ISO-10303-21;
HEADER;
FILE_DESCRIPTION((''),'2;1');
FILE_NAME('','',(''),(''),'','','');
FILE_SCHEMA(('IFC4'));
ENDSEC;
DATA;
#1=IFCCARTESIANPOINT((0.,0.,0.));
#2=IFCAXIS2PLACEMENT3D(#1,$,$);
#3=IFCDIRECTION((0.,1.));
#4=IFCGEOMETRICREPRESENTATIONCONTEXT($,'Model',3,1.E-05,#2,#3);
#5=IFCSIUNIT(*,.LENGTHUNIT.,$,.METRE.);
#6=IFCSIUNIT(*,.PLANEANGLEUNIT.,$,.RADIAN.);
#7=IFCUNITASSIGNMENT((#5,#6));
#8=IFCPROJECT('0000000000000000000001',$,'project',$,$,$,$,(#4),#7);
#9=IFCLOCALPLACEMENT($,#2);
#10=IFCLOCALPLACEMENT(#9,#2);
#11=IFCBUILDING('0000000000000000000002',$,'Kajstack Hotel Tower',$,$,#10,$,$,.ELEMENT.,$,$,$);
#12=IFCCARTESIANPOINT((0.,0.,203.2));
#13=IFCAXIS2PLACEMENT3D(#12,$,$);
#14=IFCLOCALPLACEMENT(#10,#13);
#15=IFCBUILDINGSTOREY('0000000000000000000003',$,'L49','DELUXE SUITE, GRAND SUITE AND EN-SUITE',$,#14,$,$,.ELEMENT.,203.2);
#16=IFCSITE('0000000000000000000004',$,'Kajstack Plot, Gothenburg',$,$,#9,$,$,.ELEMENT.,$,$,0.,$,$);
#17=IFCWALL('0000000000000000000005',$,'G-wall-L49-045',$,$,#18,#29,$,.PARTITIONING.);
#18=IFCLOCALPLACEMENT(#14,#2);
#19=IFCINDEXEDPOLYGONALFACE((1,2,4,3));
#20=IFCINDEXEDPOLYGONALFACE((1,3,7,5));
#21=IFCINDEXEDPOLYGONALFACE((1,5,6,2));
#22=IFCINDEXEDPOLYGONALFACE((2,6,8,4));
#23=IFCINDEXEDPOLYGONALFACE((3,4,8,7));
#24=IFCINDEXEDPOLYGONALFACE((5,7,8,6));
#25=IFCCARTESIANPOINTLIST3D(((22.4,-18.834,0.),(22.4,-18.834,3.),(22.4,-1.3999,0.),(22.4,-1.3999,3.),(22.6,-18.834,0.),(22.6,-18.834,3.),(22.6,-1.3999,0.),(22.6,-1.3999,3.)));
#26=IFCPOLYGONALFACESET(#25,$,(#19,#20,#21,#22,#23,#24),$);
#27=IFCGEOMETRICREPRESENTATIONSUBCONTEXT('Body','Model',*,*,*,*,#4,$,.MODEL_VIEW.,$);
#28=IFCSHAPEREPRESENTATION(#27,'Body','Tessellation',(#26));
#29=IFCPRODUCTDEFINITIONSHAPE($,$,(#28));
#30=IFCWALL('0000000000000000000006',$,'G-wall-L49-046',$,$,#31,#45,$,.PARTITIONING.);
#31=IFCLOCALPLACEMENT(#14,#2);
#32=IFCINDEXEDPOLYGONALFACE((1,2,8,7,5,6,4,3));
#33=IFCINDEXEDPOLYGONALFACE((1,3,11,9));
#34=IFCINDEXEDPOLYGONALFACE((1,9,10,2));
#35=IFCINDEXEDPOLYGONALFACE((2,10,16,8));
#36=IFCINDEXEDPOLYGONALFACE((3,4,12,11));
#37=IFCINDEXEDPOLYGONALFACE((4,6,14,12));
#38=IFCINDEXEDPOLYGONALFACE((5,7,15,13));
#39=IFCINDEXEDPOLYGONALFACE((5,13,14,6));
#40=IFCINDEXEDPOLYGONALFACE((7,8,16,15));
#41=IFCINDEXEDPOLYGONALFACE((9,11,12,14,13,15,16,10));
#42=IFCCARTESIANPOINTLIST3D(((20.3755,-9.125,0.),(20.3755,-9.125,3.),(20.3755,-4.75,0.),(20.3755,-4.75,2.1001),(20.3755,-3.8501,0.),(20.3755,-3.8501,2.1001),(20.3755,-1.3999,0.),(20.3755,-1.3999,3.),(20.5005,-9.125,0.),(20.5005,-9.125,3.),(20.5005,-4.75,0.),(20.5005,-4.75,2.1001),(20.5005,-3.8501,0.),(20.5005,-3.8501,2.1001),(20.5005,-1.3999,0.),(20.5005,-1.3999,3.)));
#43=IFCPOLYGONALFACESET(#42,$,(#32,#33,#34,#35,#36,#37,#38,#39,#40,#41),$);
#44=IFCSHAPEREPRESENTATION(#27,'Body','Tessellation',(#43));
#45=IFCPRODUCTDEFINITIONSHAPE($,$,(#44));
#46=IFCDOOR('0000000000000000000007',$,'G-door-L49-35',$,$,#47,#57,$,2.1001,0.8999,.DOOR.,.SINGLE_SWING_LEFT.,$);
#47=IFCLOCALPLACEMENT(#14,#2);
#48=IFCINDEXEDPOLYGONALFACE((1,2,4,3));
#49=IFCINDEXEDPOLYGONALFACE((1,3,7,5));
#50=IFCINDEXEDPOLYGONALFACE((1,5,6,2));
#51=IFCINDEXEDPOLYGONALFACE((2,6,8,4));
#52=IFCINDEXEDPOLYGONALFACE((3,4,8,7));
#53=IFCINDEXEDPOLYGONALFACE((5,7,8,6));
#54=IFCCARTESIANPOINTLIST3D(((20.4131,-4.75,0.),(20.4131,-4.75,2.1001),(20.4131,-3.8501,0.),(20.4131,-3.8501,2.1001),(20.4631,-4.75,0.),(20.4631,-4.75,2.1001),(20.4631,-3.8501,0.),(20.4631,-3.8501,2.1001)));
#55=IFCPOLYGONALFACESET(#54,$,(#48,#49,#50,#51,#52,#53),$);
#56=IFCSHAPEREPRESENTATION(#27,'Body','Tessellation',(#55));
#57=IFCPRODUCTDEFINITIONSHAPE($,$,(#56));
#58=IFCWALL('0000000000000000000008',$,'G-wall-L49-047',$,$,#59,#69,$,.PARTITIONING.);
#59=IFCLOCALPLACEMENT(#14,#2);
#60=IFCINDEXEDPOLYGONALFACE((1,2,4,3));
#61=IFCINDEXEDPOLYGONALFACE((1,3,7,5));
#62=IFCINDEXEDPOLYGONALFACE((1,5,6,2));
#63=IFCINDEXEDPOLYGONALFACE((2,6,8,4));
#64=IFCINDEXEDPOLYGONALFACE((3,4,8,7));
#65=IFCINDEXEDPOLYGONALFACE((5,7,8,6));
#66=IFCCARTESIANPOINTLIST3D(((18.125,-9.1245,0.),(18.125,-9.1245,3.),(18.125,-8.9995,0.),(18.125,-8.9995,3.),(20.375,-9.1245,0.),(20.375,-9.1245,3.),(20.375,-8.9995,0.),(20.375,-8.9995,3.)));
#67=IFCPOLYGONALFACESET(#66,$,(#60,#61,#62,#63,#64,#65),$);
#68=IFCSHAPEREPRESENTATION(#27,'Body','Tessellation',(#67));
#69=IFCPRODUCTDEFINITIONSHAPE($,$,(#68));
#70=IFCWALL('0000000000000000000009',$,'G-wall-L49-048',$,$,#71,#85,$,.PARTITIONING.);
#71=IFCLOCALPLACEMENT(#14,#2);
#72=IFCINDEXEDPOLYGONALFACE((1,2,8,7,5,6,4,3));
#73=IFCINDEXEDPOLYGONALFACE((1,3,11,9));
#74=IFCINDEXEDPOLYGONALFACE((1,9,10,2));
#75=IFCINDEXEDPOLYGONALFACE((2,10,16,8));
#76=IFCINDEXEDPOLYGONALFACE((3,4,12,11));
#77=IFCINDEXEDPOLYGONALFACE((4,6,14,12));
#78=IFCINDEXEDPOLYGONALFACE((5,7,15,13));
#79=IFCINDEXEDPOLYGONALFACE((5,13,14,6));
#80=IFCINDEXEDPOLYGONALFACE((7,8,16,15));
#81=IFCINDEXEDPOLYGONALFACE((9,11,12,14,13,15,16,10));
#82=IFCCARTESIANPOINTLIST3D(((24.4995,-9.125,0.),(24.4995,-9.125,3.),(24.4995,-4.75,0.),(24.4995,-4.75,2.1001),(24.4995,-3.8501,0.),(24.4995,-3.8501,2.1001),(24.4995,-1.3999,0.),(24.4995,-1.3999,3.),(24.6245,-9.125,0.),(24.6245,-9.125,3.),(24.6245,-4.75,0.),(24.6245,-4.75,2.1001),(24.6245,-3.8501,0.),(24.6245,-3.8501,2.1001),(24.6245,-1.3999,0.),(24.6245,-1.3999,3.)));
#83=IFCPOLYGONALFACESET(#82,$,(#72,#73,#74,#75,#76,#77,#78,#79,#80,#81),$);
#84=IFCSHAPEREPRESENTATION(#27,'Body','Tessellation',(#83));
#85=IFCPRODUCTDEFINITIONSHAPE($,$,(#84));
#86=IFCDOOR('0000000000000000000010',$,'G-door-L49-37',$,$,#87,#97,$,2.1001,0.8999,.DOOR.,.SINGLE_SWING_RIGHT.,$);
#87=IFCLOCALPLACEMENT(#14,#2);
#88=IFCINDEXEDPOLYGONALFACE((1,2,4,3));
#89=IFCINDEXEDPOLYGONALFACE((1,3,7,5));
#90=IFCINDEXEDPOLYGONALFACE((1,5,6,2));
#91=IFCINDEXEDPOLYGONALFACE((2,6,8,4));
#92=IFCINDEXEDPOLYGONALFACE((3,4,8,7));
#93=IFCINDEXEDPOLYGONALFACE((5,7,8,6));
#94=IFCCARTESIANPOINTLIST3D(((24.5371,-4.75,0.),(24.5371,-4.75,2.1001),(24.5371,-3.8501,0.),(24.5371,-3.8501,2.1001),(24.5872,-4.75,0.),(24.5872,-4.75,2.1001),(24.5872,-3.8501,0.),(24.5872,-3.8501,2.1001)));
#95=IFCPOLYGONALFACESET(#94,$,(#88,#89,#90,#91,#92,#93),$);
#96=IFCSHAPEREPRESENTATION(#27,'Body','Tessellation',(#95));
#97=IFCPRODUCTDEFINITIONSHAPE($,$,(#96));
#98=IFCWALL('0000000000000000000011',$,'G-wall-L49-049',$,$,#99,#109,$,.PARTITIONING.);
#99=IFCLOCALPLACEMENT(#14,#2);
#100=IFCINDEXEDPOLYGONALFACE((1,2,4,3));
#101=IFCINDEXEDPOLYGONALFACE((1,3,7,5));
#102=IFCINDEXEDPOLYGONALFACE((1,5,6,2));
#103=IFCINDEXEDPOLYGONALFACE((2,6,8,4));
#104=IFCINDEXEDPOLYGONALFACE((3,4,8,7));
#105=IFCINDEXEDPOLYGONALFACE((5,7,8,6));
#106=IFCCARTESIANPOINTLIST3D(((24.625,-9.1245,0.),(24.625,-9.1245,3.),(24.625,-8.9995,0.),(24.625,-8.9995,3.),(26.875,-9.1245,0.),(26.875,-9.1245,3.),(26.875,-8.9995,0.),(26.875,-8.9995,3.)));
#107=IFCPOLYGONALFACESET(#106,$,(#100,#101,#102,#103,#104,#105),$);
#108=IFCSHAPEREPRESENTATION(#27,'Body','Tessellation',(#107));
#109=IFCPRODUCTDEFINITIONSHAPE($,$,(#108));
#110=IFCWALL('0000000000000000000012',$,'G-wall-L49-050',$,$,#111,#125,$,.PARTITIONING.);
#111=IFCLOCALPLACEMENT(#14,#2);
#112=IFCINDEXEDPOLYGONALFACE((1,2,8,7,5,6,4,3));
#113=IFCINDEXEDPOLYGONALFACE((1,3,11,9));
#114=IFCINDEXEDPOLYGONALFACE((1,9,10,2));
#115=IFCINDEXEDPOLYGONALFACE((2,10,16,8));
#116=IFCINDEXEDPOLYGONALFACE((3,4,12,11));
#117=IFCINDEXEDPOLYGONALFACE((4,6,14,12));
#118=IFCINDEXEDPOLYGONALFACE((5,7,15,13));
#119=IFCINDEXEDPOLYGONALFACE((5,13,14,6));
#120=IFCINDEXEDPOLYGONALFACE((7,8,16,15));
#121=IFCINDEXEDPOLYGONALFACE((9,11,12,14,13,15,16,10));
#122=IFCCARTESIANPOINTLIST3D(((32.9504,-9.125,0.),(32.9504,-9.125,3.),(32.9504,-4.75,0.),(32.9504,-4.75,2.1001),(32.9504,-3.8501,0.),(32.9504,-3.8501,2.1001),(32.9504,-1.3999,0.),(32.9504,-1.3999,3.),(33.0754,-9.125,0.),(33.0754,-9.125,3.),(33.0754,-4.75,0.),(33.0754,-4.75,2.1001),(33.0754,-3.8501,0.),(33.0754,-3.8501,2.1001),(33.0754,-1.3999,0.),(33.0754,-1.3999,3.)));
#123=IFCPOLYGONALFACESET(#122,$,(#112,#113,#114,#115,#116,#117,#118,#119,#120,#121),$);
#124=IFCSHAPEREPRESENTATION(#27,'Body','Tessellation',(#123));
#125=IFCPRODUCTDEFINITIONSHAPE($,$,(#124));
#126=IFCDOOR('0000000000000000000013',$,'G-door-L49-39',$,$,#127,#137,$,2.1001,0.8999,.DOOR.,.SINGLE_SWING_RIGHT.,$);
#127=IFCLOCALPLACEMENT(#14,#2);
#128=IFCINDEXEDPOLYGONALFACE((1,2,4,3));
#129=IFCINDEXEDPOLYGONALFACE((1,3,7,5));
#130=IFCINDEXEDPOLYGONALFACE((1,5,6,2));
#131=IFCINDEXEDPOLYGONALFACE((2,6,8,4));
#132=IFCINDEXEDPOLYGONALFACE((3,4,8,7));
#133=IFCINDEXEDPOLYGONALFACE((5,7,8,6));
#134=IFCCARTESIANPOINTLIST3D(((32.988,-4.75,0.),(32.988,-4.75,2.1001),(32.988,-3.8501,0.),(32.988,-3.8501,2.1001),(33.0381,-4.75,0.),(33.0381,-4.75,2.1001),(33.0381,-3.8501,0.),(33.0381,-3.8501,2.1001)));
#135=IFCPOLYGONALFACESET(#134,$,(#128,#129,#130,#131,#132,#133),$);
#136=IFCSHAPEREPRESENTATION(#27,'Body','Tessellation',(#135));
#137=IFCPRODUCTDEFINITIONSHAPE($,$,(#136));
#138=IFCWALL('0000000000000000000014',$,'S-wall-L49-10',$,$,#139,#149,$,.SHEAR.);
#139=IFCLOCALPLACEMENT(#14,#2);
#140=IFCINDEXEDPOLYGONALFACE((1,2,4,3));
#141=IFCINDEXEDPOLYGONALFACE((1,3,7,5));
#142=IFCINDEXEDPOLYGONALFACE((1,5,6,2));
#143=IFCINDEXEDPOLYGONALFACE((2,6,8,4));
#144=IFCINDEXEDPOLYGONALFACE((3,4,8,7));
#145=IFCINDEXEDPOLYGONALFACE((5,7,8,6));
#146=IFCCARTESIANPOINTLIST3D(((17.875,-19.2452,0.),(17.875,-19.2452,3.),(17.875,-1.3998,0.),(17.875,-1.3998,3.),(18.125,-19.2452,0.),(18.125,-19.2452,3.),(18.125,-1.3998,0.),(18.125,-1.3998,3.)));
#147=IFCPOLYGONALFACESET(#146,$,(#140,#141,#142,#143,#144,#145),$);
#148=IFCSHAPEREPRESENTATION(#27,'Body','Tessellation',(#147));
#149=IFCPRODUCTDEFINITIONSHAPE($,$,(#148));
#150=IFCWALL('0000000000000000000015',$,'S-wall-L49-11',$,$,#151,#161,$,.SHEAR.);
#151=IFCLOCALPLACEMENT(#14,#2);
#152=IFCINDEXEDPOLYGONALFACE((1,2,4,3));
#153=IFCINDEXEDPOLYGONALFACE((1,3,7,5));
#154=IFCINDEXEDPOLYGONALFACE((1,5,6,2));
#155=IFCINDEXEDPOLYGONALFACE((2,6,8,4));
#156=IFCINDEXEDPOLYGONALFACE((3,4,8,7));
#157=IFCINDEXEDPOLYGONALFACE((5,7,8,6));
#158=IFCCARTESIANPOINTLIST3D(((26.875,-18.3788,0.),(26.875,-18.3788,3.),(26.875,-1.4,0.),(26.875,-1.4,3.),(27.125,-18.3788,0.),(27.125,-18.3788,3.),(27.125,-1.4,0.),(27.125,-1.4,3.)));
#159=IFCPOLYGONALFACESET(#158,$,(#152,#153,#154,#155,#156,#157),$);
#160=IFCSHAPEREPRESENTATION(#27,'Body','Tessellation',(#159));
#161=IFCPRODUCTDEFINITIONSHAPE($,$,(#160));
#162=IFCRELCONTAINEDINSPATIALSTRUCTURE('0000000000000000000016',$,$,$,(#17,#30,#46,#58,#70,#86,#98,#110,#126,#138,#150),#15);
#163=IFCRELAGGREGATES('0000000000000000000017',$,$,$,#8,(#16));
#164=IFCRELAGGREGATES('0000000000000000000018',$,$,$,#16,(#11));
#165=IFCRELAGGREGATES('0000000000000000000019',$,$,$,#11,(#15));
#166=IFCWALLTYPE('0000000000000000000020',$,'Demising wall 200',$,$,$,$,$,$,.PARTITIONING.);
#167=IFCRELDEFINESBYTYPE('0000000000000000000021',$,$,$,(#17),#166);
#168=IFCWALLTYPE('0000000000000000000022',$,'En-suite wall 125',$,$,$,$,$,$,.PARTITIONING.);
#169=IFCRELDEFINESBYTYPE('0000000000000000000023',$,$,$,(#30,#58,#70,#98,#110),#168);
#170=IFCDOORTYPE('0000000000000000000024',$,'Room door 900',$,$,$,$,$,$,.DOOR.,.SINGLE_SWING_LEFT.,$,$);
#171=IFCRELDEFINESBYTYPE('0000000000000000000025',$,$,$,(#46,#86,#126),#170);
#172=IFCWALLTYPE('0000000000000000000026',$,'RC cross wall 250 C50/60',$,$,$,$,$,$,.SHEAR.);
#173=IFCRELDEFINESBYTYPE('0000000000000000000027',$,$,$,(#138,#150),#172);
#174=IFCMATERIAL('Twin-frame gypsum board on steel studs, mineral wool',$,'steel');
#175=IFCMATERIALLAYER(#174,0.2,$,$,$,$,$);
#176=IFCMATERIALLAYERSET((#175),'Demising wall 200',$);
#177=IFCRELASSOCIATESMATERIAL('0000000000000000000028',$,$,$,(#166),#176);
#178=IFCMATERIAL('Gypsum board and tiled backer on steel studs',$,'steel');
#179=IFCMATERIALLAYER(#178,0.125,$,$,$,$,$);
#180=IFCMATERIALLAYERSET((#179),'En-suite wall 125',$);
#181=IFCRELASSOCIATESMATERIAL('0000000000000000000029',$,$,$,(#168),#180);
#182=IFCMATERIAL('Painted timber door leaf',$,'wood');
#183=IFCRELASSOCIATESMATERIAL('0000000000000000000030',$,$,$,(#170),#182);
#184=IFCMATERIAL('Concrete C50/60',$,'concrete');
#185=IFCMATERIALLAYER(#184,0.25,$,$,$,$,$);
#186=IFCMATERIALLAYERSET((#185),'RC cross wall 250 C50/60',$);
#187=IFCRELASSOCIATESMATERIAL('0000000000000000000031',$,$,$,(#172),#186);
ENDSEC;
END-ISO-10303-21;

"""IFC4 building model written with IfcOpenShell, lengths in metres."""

from ifc_helpers import new_model, si_unit, direction, frame, frame_2d, origin, place, context, subcontext, project, spatial, rectangle, extrude, material, layer, layer_set, type_object, element, fill, save


model = new_model("IFC4")

# Units and contexts
model_context = context("Model", 3, precision=1e-05, world=origin(), true_north=direction((0.0, 1.0)))
body_context = subcontext(model_context, "Body", "Model", "MODEL_VIEW")
ifc_project = project(units=[si_unit("LENGTHUNIT", "METRE"), si_unit("PLANEANGLEUNIT", "RADIAN")], contexts=[model_context])

# Site, building, storey
site_placement = place(None, origin())
site = spatial("IfcSite", under=ifc_project, at=site_placement, Name="Kajstack Plot, Gothenburg", CompositionType="ELEMENT", RefElevation=0.0)
building_placement = place(site_placement, origin())
building = spatial("IfcBuilding", under=site, at=building_placement, Name="Kajstack Hotel Tower", CompositionType="ELEMENT")
storey_placement = place(building_placement, frame((0.0, 0.0, 203.2)))
storey = spatial("IfcBuildingStorey", under=building, at=storey_placement, Name="L49", Description="DELUXE SUITE, GRAND SUITE AND EN-SUITE", CompositionType="ELEMENT", Elevation=203.2)

# Wall
ifc_material_1 = material(Name="Twin-frame gypsum board on steel studs, mineral wool", Category="steel")
ifc_layer_1 = layer(ifc_material_1, 0.2)
ifc_layer_set_1 = layer_set([ifc_layer_1], Name="Demising wall 200")
wall_type_1 = type_object("IfcWallType", Name="Demising wall 200", PredefinedType="PARTITIONING", material=ifc_layer_set_1)
wall_1_placement = place(storey_placement, frame((22.5, -18.834, 0.0), z_axis=(0.0, 0.0, 1.0), x_axis=(0.0, 1.0, 0.0)))
element("IfcWall", 1, at=wall_1_placement, inside=storey, type_object=wall_type_1, Name="G-wall-L49-045", PredefinedType="PARTITIONING", context=body_context, shape_type="SweptSolid", body=[
    extrude(rectangle(XDim=17.4341, YDim=0.2, at=frame_2d((8.717, 0.0))), origin(), (0.0, 0.0, 1.0), 3.0),
])

# Wall, opening, door
ifc_material_2 = material(Name="Gypsum board and tiled backer on steel studs", Category="steel")
ifc_layer_2 = layer(ifc_material_2, 0.125)
ifc_layer_set_2 = layer_set([ifc_layer_2], Name="En-suite wall 125")
wall_type_2 = type_object("IfcWallType", Name="En-suite wall 125", PredefinedType="PARTITIONING", material=ifc_layer_set_2)
wall_2_placement = place(storey_placement, frame((20.438, -9.125, 0.0), z_axis=(0.0, 0.0, 1.0), x_axis=(0.0, 1.0, 0.0)))
wall_2 = element("IfcWall", 2, at=wall_2_placement, inside=storey, type_object=wall_type_2, Name="G-wall-L49-046", PredefinedType="PARTITIONING", context=body_context, shape_type="SweptSolid", body=[
    extrude(rectangle(XDim=7.7251, YDim=0.125, at=frame_2d((3.8625, 0.0))), origin(), (0.0, 0.0, 1.0), 3.0),
])
opening_1_placement = place(wall_2_placement, frame((4.375, 0.0, 0.0)))
opening_1 = element("IfcOpeningElement", 3, at=opening_1_placement, cuts=wall_2, PredefinedType="OPENING", context=body_context, shape_type="SweptSolid", body=[
    extrude(rectangle(XDim=0.8999, YDim=2.1001, at=frame_2d((0.45, 1.05))), frame((0.0, 0.0725, 0.0), z_axis=(0.0, -1.0, 0.0), x_axis=(1.0, 0.0, 0.0)), (0.0, 0.0, 1.0), 0.145),
])
ifc_material_3 = material(Name="Painted timber door leaf", Category="wood")
door_type_1 = type_object("IfcDoorType", Name="Room door 900", OperationType="SINGLE_SWING_LEFT", PredefinedType="DOOR", material=ifc_material_3)
door_1_placement = place(opening_1_placement, origin())
door_1 = element("IfcDoor", 4, at=door_1_placement, inside=storey, type_object=door_type_1, Name="G-door-L49-35", OperationType="SINGLE_SWING_LEFT", OverallHeight=2.1001, OverallWidth=0.8999, PredefinedType="DOOR", context=body_context, shape_type="SweptSolid", body=[
    extrude(rectangle(XDim=0.8999, YDim=2.1001, at=frame_2d((0.45, 1.05))), frame((0.0, 0.0249, 0.0), z_axis=(0.0, -1.0, 0.0), x_axis=(1.0, 0.0, 0.0)), (0.0, 0.0, 1.0), 0.05),
])
fill(opening_1, door_1)

# Wall
wall_3_placement = place(storey_placement, frame((18.125, -9.062, 0.0), z_axis=(0.0, 0.0, 1.0), x_axis=(1.0, 0.0, 0.0)))
element("IfcWall", 5, at=wall_3_placement, inside=storey, type_object=wall_type_2, Name="G-wall-L49-047", PredefinedType="PARTITIONING", context=body_context, shape_type="SweptSolid", body=[
    extrude(rectangle(XDim=2.25, YDim=0.125, at=frame_2d((1.125, 0.0))), origin(), (0.0, 0.0, 1.0), 3.0),
])

# Wall, opening, door
wall_4_placement = place(storey_placement, frame((24.562, -9.125, 0.0), z_axis=(0.0, 0.0, 1.0), x_axis=(0.0, 1.0, 0.0)))
wall_4 = element("IfcWall", 6, at=wall_4_placement, inside=storey, type_object=wall_type_2, Name="G-wall-L49-048", PredefinedType="PARTITIONING", context=body_context, shape_type="SweptSolid", body=[
    extrude(rectangle(XDim=7.7251, YDim=0.125, at=frame_2d((3.8625, 0.0))), origin(), (0.0, 0.0, 1.0), 3.0),
])
opening_2_placement = place(wall_4_placement, frame((4.375, 0.0, 0.0)))
opening_2 = element("IfcOpeningElement", 7, at=opening_2_placement, cuts=wall_4, PredefinedType="OPENING", context=body_context, shape_type="SweptSolid", body=[
    extrude(rectangle(XDim=0.8999, YDim=2.1001, at=frame_2d((0.45, 1.05))), frame((0.0, 0.0725, 0.0), z_axis=(0.0, -1.0, 0.0), x_axis=(1.0, 0.0, 0.0)), (0.0, 0.0, 1.0), 0.145),
])
door_2_placement = place(opening_2_placement, origin())
door_2 = element("IfcDoor", 8, at=door_2_placement, inside=storey, type_object=door_type_1, Name="G-door-L49-37", OperationType="SINGLE_SWING_RIGHT", OverallHeight=2.1001, OverallWidth=0.8999, PredefinedType="DOOR", context=body_context, shape_type="SweptSolid", body=[
    extrude(rectangle(XDim=0.8999, YDim=2.1001, at=frame_2d((0.45, 1.05))), frame((0.0, 0.0249, 0.0), z_axis=(0.0, -1.0, 0.0), x_axis=(1.0, 0.0, 0.0)), (0.0, 0.0, 1.0), 0.05),
])
fill(opening_2, door_2)

# Wall
wall_5_placement = place(storey_placement, frame((24.625, -9.062, 0.0), z_axis=(0.0, 0.0, 1.0), x_axis=(1.0, 0.0, 0.0)))
element("IfcWall", 9, at=wall_5_placement, inside=storey, type_object=wall_type_2, Name="G-wall-L49-049", PredefinedType="PARTITIONING", context=body_context, shape_type="SweptSolid", body=[
    extrude(rectangle(XDim=2.25, YDim=0.125, at=frame_2d((1.125, 0.0))), origin(), (0.0, 0.0, 1.0), 3.0),
])

# Wall, opening, door
wall_6_placement = place(storey_placement, frame((33.0129, -9.125, 0.0), z_axis=(0.0, 0.0, 1.0), x_axis=(0.0, 1.0, 0.0)))
wall_6 = element("IfcWall", 10, at=wall_6_placement, inside=storey, type_object=wall_type_2, Name="G-wall-L49-050", PredefinedType="PARTITIONING", context=body_context, shape_type="SweptSolid", body=[
    extrude(rectangle(XDim=7.7251, YDim=0.125, at=frame_2d((3.8625, 0.0))), origin(), (0.0, 0.0, 1.0), 3.0),
])
opening_3_placement = place(wall_6_placement, frame((4.375, 0.0, 0.0)))
opening_3 = element("IfcOpeningElement", 11, at=opening_3_placement, cuts=wall_6, PredefinedType="OPENING", context=body_context, shape_type="SweptSolid", body=[
    extrude(rectangle(XDim=0.8999, YDim=2.1001, at=frame_2d((0.45, 1.05))), frame((0.0, 0.0725, 0.0), z_axis=(0.0, -1.0, 0.0), x_axis=(1.0, 0.0, 0.0)), (0.0, 0.0, 1.0), 0.145),
])
door_3_placement = place(opening_3_placement, origin())
door_3 = element("IfcDoor", 12, at=door_3_placement, inside=storey, type_object=door_type_1, Name="G-door-L49-39", OperationType="SINGLE_SWING_RIGHT", OverallHeight=2.1001, OverallWidth=0.8999, PredefinedType="DOOR", context=body_context, shape_type="SweptSolid", body=[
    extrude(rectangle(XDim=0.8999, YDim=2.1001, at=frame_2d((0.45, 1.05))), frame((0.0, 0.0249, 0.0), z_axis=(0.0, -1.0, 0.0), x_axis=(1.0, 0.0, 0.0)), (0.0, 0.0, 1.0), 0.05),
])
fill(opening_3, door_3)

# Walls
ifc_material_4 = material(Name="Concrete C50/60", Category="concrete")
ifc_layer_3 = layer(ifc_material_4, 0.25)
ifc_layer_set_3 = layer_set([ifc_layer_3], Name="RC cross wall 250 C50/60")
wall_type_3 = type_object("IfcWallType", Name="RC cross wall 250 C50/60", PredefinedType="SHEAR", material=ifc_layer_set_3)
wall_7_placement = place(storey_placement, frame((18.0, -19.2454, 0.0), z_axis=(0.0, 0.0, 1.0), x_axis=(0.0, 1.0, 0.0)))
element("IfcWall", 13, at=wall_7_placement, inside=storey, type_object=wall_type_3, Name="S-wall-L49-10", PredefinedType="SHEAR", context=body_context, shape_type="SweptSolid", body=[
    extrude(rectangle(XDim=17.8455, YDim=0.25, at=frame_2d((8.9229, 0.0))), origin(), (0.0, 0.0, 1.0), 3.0),
])
wall_8_placement = place(storey_placement, frame((27.0, -18.3787, 0.0), z_axis=(0.0, 0.0, 1.0), x_axis=(0.0, 1.0, 0.0)))
element("IfcWall", 14, at=wall_8_placement, inside=storey, type_object=wall_type_3, Name="S-wall-L49-11", PredefinedType="SHEAR", context=body_context, shape_type="SweptSolid", body=[
    extrude(rectangle(XDim=16.9788, YDim=0.25, at=frame_2d((8.4893, 0.0))), origin(), (0.0, 0.0, 1.0), 3.0),
])

save(model, "model.ifc")
